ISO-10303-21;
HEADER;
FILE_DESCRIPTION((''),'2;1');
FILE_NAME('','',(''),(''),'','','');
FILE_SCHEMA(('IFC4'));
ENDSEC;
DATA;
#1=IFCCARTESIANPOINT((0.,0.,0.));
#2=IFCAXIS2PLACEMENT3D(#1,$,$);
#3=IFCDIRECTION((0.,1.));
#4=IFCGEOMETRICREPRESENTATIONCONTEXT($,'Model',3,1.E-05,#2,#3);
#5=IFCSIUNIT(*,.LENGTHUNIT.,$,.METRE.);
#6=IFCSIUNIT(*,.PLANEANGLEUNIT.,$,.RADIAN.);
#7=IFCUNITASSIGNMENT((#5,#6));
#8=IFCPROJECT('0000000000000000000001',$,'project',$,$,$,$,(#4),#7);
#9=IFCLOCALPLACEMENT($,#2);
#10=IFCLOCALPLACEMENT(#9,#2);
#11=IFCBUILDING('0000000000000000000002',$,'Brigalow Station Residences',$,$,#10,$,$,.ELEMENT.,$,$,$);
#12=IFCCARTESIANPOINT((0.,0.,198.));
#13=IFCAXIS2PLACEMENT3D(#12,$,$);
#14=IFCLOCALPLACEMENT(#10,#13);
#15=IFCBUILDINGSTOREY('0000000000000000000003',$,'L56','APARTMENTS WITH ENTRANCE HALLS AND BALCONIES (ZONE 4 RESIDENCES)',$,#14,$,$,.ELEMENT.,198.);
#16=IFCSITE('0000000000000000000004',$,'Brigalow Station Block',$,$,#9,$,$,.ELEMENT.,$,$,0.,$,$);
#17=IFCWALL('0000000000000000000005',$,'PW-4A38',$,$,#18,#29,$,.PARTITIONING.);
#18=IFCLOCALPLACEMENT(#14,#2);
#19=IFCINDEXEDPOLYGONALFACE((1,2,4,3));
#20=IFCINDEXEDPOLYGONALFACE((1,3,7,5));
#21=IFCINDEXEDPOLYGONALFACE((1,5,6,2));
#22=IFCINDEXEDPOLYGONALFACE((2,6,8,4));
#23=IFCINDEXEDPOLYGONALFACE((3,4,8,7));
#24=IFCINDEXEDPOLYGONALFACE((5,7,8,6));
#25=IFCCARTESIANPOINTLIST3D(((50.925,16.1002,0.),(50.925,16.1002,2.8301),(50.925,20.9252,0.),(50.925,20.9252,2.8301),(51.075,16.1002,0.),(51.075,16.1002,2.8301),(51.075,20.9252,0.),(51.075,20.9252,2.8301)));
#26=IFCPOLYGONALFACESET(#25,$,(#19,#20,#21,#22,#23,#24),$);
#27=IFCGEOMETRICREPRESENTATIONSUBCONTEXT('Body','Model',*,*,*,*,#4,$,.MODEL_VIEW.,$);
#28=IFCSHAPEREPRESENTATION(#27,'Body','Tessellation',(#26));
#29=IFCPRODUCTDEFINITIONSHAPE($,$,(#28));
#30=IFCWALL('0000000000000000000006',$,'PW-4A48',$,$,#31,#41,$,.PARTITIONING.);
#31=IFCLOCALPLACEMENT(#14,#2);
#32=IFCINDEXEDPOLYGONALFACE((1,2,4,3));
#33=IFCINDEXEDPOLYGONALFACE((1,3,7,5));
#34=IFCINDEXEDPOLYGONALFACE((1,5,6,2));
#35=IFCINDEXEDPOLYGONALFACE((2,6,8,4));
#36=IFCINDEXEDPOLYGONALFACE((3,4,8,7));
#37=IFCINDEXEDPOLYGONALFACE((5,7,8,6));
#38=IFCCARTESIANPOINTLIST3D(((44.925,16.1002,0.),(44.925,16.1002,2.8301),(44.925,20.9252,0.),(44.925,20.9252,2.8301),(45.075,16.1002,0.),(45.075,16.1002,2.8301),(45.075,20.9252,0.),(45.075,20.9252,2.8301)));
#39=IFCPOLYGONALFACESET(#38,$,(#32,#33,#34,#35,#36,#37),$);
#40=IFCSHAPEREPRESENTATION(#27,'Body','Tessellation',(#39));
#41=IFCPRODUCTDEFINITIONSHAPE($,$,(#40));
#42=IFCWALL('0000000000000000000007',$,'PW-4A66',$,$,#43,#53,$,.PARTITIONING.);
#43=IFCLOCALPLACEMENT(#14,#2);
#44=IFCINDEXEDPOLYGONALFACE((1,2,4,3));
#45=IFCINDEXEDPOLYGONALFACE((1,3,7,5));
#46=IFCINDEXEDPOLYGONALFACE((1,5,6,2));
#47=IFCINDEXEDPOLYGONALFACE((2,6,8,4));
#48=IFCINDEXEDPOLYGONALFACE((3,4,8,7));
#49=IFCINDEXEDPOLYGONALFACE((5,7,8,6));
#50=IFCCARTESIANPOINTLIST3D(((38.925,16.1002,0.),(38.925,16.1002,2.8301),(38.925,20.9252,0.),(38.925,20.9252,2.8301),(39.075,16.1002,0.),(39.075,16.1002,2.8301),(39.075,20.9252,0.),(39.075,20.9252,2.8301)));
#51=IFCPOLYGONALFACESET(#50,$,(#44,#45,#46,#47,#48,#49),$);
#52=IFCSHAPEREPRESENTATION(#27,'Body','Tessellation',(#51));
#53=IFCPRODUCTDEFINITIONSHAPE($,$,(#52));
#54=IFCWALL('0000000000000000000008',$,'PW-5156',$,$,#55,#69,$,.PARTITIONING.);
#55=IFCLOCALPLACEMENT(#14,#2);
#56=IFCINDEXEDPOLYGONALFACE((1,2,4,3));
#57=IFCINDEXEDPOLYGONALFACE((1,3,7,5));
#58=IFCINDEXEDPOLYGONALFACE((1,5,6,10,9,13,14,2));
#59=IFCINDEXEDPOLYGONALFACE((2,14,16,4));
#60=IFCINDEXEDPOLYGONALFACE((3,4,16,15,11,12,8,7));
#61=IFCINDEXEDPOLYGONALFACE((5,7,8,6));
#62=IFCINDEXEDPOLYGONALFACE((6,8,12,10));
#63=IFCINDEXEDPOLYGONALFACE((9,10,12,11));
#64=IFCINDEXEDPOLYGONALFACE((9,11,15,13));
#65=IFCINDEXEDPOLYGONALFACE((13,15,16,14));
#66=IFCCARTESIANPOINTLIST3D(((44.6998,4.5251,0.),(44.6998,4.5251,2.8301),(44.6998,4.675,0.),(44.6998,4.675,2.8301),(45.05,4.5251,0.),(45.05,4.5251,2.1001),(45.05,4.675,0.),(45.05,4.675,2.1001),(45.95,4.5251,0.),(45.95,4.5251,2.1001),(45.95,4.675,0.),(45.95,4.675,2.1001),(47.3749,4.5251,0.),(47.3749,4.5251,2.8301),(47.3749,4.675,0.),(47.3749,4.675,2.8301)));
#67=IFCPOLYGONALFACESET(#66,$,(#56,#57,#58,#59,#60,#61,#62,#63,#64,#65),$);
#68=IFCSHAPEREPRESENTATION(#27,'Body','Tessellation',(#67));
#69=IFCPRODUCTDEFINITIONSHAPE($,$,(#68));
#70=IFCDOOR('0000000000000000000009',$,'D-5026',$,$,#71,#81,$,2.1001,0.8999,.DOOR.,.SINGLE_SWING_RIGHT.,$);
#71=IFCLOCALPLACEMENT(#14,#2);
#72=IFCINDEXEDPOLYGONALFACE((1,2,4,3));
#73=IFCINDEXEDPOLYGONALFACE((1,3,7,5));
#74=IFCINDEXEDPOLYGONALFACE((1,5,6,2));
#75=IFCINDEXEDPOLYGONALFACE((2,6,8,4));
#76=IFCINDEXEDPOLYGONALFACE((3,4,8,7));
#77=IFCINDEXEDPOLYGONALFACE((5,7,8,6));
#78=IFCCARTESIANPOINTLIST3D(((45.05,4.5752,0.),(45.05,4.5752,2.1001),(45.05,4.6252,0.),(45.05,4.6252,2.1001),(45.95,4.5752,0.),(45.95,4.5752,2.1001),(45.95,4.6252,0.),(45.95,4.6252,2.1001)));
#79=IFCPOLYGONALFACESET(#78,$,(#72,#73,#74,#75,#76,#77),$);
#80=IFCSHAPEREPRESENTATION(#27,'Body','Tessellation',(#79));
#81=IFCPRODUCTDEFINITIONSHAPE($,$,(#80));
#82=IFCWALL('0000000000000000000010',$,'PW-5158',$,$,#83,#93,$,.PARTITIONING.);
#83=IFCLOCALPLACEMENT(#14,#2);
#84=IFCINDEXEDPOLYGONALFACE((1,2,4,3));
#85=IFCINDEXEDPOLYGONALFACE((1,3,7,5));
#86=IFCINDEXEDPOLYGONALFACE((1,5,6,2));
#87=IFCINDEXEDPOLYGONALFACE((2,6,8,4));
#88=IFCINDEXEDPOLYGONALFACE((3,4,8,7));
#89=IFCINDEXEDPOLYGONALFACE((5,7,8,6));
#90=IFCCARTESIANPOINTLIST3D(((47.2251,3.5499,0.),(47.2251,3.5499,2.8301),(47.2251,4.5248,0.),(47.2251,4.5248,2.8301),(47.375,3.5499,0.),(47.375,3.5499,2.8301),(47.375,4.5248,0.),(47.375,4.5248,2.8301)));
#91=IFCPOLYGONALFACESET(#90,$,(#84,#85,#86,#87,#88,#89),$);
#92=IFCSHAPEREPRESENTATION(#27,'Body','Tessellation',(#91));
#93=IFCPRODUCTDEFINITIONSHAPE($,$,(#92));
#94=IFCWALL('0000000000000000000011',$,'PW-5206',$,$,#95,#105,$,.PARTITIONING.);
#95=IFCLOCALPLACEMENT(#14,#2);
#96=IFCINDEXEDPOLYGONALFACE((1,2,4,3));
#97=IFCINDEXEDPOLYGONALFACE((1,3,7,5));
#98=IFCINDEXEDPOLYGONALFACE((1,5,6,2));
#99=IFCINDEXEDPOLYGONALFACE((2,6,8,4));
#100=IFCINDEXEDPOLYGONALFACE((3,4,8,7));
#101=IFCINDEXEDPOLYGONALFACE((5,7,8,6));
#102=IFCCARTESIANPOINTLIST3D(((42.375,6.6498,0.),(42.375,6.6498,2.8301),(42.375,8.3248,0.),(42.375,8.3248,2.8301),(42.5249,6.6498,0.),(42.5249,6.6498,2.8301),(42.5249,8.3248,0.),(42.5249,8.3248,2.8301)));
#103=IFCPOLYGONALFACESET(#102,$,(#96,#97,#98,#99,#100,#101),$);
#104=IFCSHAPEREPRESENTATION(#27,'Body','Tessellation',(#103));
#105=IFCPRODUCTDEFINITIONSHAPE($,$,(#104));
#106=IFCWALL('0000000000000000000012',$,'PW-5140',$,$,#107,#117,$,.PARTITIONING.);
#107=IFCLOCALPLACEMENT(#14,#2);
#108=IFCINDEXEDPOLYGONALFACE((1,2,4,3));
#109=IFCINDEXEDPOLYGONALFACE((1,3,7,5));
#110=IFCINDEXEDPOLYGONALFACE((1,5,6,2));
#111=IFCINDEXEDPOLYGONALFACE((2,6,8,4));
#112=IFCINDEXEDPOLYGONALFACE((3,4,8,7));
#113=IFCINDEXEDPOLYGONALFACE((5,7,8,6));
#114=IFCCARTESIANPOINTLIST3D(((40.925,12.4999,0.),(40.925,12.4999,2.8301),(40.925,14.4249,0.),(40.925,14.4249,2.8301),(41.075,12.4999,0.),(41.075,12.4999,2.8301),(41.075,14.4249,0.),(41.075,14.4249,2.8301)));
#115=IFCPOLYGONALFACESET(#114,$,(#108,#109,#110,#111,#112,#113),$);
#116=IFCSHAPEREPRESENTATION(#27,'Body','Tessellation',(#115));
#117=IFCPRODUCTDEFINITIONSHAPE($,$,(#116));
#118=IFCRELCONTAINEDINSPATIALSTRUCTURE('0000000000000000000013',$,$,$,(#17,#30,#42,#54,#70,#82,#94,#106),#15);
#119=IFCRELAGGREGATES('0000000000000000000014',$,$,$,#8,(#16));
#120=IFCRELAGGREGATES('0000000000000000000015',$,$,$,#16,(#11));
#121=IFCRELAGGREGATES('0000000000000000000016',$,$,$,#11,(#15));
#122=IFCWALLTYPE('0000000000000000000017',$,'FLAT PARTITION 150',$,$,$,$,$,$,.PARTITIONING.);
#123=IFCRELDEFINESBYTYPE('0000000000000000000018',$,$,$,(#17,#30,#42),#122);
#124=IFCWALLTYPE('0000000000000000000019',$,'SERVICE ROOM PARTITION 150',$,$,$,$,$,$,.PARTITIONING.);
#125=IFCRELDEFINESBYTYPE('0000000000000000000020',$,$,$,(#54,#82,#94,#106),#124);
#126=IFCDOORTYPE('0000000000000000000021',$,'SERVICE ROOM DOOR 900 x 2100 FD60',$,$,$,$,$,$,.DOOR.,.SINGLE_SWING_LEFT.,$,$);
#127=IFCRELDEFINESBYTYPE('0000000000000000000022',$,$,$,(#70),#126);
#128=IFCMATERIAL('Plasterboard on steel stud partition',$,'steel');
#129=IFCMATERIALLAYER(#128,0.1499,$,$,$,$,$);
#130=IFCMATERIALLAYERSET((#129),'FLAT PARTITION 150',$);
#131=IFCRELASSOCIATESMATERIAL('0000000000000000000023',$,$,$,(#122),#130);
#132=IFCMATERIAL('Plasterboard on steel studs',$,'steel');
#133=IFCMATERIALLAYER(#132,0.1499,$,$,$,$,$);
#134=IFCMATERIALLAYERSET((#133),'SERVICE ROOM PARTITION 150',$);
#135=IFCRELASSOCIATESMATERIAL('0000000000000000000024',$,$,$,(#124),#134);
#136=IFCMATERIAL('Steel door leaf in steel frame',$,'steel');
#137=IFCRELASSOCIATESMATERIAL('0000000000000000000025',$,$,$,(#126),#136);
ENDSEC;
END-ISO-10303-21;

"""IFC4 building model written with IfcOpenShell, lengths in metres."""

from ifc_helpers import new_model, si_unit, direction, frame, frame_2d, origin, place, context, subcontext, project, spatial, rectangle, extrude, material, layer, layer_set, type_object, element, fill, save


model = new_model("IFC4")

# Units and contexts
model_context = context("Model", 3, precision=1e-05, world=origin(), true_north=direction((0.0, 1.0)))
body_context = subcontext(model_context, "Body", "Model", "MODEL_VIEW")
ifc_project = project(units=[si_unit("LENGTHUNIT", "METRE"), si_unit("PLANEANGLEUNIT", "RADIAN")], contexts=[model_context])

# Site, building, storey
site_placement = place(None, origin())
site = spatial("IfcSite", under=ifc_project, at=site_placement, Name="Brigalow Station Block", CompositionType="ELEMENT", RefElevation=0.0)
building_placement = place(site_placement, origin())
building = spatial("IfcBuilding", under=site, at=building_placement, Name="Brigalow Station Residences", CompositionType="ELEMENT")
storey_placement = place(building_placement, frame((0.0, 0.0, 198.0)))
storey = spatial("IfcBuildingStorey", under=building, at=storey_placement, Name="L56", Description="APARTMENTS WITH ENTRANCE HALLS AND BALCONIES (ZONE 4 RESIDENCES)", CompositionType="ELEMENT", Elevation=198.0)

# Shared definitions
ifc_material_1 = material(Name="Plasterboard on steel stud partition", Category="steel")
ifc_layer_1 = layer(ifc_material_1, 0.1499)
ifc_layer_set_1 = layer_set([ifc_layer_1], Name="FLAT PARTITION 150")
wall_type_1 = type_object("IfcWallType", Name="FLAT PARTITION 150", PredefinedType="PARTITIONING", material=ifc_layer_set_1)

# Walls
for number, where, z_axis, x_axis, name in (
    (1, (51.0, 16.1001, 0.0), (0.0, 0.0, 1.0), (0.0, 1.0, 0.0), "PW-4A38"),
    (2, (45.0, 16.1001, 0.0), (0.0, 0.0, 1.0), (0.0, 1.0, 0.0), "PW-4A48"),
    (3, (39.0, 16.1001, 0.0), (0.0, 0.0, 1.0), (0.0, 1.0, 0.0), "PW-4A66"),
):
    element("IfcWall", number, at=place(storey_placement, frame(where, z_axis=z_axis, x_axis=x_axis)), inside=storey, type_object=wall_type_1, Name=name, PredefinedType="PARTITIONING", context=body_context, shape_type="SweptSolid", body=[
        extrude(rectangle(XDim=4.825, YDim=0.1499, at=frame_2d((2.4126, 0.0))), origin(), (0.0, 0.0, 1.0), 2.8301),
    ])

# Wall, opening, door
ifc_material_2 = material(Name="Plasterboard on steel studs", Category="steel")
ifc_layer_2 = layer(ifc_material_2, 0.1499)
ifc_layer_set_2 = layer_set([ifc_layer_2], Name="SERVICE ROOM PARTITION 150")
wall_type_2 = type_object("IfcWallType", Name="SERVICE ROOM PARTITION 150", PredefinedType="PARTITIONING", material=ifc_layer_set_2)
wall_1_placement = place(storey_placement, frame((44.7, 4.6001, 0.0), z_axis=(0.0, 0.0, 1.0), x_axis=(1.0, 0.0, 0.0)))
wall_1 = element("IfcWall", 4, at=wall_1_placement, inside=storey, type_object=wall_type_2, Name="PW-5156", PredefinedType="PARTITIONING", context=body_context, shape_type="SweptSolid", body=[
    extrude(rectangle(XDim=2.675, YDim=0.1499, at=frame_2d((1.3374, 0.0))), origin(), (0.0, 0.0, 1.0), 2.8301),
])
opening_1_placement = place(wall_1_placement, frame((0.3501, 0.0, 0.0)))
opening_1 = element("IfcOpeningElement", 5, at=opening_1_placement, cuts=wall_1, PredefinedType="OPENING", context=body_context, shape_type="SweptSolid", body=[
    extrude(rectangle(XDim=0.8999, YDim=2.1001, at=frame_2d((0.45, 1.05))), frame((0.0, 0.085, 0.0), z_axis=(0.0, -1.0, 0.0), x_axis=(1.0, 0.0, 0.0)), (0.0, 0.0, 1.0), 0.1699),
])
ifc_material_3 = material(Name="Steel door leaf in steel frame", Category="steel")
door_type_1 = type_object("IfcDoorType", Name="SERVICE ROOM DOOR 900 x 2100 FD60", OperationType="SINGLE_SWING_LEFT", PredefinedType="DOOR", material=ifc_material_3)
door_1_placement = place(opening_1_placement, frame((0.8999, 0.0, 0.0), z_axis=(0.0, 0.0, 1.0), x_axis=(-1.0, 0.0, 0.0)))
door_1 = element("IfcDoor", 6, at=door_1_placement, inside=storey, type_object=door_type_1, Name="D-5026", OperationType="SINGLE_SWING_RIGHT", OverallHeight=2.1001, OverallWidth=0.8999, PredefinedType="DOOR", context=body_context, shape_type="SweptSolid", body=[
    extrude(rectangle(XDim=0.8999, YDim=2.1001, at=frame_2d((0.45, 1.05))), frame((0.0, 0.0249, 0.0), z_axis=(0.0, -1.0, 0.0), x_axis=(1.0, 0.0, 0.0)), (0.0, 0.0, 1.0), 0.05),
])
fill(opening_1, door_1)

# Walls
wall_2_placement = place(storey_placement, frame((47.3, 3.55, 0.0), z_axis=(0.0, 0.0, 1.0), x_axis=(0.0, 1.0, 0.0)))
element("IfcWall", 7, at=wall_2_placement, inside=storey, type_object=wall_type_2, Name="PW-5158", PredefinedType="PARTITIONING", context=body_context, shape_type="SweptSolid", body=[
    extrude(rectangle(XDim=0.9749, YDim=0.1499, at=frame_2d((0.4873, 0.0))), origin(), (0.0, 0.0, 1.0), 2.8301),
])
wall_3_placement = place(storey_placement, frame((42.45, 6.6499, 0.0), z_axis=(0.0, 0.0, 1.0), x_axis=(0.0, 1.0, 0.0)))
element("IfcWall", 8, at=wall_3_placement, inside=storey, type_object=wall_type_2, Name="PW-5206", PredefinedType="PARTITIONING", context=body_context, shape_type="SweptSolid", body=[
    extrude(rectangle(XDim=1.675, YDim=0.1499, at=frame_2d((0.8374, 0.0))), origin(), (0.0, 0.0, 1.0), 2.8301),
])
wall_4_placement = place(storey_placement, frame((41.0, 12.5, 0.0), z_axis=(0.0, 0.0, 1.0), x_axis=(0.0, 1.0, 0.0)))
element("IfcWall", 9, at=wall_4_placement, inside=storey, type_object=wall_type_2, Name="PW-5140", PredefinedType="PARTITIONING", context=body_context, shape_type="SweptSolid", body=[
    extrude(rectangle(XDim=1.925, YDim=0.1499, at=frame_2d((0.9624, 0.0))), origin(), (0.0, 0.0, 1.0), 2.8301),
])

save(model, "model.ifc")
